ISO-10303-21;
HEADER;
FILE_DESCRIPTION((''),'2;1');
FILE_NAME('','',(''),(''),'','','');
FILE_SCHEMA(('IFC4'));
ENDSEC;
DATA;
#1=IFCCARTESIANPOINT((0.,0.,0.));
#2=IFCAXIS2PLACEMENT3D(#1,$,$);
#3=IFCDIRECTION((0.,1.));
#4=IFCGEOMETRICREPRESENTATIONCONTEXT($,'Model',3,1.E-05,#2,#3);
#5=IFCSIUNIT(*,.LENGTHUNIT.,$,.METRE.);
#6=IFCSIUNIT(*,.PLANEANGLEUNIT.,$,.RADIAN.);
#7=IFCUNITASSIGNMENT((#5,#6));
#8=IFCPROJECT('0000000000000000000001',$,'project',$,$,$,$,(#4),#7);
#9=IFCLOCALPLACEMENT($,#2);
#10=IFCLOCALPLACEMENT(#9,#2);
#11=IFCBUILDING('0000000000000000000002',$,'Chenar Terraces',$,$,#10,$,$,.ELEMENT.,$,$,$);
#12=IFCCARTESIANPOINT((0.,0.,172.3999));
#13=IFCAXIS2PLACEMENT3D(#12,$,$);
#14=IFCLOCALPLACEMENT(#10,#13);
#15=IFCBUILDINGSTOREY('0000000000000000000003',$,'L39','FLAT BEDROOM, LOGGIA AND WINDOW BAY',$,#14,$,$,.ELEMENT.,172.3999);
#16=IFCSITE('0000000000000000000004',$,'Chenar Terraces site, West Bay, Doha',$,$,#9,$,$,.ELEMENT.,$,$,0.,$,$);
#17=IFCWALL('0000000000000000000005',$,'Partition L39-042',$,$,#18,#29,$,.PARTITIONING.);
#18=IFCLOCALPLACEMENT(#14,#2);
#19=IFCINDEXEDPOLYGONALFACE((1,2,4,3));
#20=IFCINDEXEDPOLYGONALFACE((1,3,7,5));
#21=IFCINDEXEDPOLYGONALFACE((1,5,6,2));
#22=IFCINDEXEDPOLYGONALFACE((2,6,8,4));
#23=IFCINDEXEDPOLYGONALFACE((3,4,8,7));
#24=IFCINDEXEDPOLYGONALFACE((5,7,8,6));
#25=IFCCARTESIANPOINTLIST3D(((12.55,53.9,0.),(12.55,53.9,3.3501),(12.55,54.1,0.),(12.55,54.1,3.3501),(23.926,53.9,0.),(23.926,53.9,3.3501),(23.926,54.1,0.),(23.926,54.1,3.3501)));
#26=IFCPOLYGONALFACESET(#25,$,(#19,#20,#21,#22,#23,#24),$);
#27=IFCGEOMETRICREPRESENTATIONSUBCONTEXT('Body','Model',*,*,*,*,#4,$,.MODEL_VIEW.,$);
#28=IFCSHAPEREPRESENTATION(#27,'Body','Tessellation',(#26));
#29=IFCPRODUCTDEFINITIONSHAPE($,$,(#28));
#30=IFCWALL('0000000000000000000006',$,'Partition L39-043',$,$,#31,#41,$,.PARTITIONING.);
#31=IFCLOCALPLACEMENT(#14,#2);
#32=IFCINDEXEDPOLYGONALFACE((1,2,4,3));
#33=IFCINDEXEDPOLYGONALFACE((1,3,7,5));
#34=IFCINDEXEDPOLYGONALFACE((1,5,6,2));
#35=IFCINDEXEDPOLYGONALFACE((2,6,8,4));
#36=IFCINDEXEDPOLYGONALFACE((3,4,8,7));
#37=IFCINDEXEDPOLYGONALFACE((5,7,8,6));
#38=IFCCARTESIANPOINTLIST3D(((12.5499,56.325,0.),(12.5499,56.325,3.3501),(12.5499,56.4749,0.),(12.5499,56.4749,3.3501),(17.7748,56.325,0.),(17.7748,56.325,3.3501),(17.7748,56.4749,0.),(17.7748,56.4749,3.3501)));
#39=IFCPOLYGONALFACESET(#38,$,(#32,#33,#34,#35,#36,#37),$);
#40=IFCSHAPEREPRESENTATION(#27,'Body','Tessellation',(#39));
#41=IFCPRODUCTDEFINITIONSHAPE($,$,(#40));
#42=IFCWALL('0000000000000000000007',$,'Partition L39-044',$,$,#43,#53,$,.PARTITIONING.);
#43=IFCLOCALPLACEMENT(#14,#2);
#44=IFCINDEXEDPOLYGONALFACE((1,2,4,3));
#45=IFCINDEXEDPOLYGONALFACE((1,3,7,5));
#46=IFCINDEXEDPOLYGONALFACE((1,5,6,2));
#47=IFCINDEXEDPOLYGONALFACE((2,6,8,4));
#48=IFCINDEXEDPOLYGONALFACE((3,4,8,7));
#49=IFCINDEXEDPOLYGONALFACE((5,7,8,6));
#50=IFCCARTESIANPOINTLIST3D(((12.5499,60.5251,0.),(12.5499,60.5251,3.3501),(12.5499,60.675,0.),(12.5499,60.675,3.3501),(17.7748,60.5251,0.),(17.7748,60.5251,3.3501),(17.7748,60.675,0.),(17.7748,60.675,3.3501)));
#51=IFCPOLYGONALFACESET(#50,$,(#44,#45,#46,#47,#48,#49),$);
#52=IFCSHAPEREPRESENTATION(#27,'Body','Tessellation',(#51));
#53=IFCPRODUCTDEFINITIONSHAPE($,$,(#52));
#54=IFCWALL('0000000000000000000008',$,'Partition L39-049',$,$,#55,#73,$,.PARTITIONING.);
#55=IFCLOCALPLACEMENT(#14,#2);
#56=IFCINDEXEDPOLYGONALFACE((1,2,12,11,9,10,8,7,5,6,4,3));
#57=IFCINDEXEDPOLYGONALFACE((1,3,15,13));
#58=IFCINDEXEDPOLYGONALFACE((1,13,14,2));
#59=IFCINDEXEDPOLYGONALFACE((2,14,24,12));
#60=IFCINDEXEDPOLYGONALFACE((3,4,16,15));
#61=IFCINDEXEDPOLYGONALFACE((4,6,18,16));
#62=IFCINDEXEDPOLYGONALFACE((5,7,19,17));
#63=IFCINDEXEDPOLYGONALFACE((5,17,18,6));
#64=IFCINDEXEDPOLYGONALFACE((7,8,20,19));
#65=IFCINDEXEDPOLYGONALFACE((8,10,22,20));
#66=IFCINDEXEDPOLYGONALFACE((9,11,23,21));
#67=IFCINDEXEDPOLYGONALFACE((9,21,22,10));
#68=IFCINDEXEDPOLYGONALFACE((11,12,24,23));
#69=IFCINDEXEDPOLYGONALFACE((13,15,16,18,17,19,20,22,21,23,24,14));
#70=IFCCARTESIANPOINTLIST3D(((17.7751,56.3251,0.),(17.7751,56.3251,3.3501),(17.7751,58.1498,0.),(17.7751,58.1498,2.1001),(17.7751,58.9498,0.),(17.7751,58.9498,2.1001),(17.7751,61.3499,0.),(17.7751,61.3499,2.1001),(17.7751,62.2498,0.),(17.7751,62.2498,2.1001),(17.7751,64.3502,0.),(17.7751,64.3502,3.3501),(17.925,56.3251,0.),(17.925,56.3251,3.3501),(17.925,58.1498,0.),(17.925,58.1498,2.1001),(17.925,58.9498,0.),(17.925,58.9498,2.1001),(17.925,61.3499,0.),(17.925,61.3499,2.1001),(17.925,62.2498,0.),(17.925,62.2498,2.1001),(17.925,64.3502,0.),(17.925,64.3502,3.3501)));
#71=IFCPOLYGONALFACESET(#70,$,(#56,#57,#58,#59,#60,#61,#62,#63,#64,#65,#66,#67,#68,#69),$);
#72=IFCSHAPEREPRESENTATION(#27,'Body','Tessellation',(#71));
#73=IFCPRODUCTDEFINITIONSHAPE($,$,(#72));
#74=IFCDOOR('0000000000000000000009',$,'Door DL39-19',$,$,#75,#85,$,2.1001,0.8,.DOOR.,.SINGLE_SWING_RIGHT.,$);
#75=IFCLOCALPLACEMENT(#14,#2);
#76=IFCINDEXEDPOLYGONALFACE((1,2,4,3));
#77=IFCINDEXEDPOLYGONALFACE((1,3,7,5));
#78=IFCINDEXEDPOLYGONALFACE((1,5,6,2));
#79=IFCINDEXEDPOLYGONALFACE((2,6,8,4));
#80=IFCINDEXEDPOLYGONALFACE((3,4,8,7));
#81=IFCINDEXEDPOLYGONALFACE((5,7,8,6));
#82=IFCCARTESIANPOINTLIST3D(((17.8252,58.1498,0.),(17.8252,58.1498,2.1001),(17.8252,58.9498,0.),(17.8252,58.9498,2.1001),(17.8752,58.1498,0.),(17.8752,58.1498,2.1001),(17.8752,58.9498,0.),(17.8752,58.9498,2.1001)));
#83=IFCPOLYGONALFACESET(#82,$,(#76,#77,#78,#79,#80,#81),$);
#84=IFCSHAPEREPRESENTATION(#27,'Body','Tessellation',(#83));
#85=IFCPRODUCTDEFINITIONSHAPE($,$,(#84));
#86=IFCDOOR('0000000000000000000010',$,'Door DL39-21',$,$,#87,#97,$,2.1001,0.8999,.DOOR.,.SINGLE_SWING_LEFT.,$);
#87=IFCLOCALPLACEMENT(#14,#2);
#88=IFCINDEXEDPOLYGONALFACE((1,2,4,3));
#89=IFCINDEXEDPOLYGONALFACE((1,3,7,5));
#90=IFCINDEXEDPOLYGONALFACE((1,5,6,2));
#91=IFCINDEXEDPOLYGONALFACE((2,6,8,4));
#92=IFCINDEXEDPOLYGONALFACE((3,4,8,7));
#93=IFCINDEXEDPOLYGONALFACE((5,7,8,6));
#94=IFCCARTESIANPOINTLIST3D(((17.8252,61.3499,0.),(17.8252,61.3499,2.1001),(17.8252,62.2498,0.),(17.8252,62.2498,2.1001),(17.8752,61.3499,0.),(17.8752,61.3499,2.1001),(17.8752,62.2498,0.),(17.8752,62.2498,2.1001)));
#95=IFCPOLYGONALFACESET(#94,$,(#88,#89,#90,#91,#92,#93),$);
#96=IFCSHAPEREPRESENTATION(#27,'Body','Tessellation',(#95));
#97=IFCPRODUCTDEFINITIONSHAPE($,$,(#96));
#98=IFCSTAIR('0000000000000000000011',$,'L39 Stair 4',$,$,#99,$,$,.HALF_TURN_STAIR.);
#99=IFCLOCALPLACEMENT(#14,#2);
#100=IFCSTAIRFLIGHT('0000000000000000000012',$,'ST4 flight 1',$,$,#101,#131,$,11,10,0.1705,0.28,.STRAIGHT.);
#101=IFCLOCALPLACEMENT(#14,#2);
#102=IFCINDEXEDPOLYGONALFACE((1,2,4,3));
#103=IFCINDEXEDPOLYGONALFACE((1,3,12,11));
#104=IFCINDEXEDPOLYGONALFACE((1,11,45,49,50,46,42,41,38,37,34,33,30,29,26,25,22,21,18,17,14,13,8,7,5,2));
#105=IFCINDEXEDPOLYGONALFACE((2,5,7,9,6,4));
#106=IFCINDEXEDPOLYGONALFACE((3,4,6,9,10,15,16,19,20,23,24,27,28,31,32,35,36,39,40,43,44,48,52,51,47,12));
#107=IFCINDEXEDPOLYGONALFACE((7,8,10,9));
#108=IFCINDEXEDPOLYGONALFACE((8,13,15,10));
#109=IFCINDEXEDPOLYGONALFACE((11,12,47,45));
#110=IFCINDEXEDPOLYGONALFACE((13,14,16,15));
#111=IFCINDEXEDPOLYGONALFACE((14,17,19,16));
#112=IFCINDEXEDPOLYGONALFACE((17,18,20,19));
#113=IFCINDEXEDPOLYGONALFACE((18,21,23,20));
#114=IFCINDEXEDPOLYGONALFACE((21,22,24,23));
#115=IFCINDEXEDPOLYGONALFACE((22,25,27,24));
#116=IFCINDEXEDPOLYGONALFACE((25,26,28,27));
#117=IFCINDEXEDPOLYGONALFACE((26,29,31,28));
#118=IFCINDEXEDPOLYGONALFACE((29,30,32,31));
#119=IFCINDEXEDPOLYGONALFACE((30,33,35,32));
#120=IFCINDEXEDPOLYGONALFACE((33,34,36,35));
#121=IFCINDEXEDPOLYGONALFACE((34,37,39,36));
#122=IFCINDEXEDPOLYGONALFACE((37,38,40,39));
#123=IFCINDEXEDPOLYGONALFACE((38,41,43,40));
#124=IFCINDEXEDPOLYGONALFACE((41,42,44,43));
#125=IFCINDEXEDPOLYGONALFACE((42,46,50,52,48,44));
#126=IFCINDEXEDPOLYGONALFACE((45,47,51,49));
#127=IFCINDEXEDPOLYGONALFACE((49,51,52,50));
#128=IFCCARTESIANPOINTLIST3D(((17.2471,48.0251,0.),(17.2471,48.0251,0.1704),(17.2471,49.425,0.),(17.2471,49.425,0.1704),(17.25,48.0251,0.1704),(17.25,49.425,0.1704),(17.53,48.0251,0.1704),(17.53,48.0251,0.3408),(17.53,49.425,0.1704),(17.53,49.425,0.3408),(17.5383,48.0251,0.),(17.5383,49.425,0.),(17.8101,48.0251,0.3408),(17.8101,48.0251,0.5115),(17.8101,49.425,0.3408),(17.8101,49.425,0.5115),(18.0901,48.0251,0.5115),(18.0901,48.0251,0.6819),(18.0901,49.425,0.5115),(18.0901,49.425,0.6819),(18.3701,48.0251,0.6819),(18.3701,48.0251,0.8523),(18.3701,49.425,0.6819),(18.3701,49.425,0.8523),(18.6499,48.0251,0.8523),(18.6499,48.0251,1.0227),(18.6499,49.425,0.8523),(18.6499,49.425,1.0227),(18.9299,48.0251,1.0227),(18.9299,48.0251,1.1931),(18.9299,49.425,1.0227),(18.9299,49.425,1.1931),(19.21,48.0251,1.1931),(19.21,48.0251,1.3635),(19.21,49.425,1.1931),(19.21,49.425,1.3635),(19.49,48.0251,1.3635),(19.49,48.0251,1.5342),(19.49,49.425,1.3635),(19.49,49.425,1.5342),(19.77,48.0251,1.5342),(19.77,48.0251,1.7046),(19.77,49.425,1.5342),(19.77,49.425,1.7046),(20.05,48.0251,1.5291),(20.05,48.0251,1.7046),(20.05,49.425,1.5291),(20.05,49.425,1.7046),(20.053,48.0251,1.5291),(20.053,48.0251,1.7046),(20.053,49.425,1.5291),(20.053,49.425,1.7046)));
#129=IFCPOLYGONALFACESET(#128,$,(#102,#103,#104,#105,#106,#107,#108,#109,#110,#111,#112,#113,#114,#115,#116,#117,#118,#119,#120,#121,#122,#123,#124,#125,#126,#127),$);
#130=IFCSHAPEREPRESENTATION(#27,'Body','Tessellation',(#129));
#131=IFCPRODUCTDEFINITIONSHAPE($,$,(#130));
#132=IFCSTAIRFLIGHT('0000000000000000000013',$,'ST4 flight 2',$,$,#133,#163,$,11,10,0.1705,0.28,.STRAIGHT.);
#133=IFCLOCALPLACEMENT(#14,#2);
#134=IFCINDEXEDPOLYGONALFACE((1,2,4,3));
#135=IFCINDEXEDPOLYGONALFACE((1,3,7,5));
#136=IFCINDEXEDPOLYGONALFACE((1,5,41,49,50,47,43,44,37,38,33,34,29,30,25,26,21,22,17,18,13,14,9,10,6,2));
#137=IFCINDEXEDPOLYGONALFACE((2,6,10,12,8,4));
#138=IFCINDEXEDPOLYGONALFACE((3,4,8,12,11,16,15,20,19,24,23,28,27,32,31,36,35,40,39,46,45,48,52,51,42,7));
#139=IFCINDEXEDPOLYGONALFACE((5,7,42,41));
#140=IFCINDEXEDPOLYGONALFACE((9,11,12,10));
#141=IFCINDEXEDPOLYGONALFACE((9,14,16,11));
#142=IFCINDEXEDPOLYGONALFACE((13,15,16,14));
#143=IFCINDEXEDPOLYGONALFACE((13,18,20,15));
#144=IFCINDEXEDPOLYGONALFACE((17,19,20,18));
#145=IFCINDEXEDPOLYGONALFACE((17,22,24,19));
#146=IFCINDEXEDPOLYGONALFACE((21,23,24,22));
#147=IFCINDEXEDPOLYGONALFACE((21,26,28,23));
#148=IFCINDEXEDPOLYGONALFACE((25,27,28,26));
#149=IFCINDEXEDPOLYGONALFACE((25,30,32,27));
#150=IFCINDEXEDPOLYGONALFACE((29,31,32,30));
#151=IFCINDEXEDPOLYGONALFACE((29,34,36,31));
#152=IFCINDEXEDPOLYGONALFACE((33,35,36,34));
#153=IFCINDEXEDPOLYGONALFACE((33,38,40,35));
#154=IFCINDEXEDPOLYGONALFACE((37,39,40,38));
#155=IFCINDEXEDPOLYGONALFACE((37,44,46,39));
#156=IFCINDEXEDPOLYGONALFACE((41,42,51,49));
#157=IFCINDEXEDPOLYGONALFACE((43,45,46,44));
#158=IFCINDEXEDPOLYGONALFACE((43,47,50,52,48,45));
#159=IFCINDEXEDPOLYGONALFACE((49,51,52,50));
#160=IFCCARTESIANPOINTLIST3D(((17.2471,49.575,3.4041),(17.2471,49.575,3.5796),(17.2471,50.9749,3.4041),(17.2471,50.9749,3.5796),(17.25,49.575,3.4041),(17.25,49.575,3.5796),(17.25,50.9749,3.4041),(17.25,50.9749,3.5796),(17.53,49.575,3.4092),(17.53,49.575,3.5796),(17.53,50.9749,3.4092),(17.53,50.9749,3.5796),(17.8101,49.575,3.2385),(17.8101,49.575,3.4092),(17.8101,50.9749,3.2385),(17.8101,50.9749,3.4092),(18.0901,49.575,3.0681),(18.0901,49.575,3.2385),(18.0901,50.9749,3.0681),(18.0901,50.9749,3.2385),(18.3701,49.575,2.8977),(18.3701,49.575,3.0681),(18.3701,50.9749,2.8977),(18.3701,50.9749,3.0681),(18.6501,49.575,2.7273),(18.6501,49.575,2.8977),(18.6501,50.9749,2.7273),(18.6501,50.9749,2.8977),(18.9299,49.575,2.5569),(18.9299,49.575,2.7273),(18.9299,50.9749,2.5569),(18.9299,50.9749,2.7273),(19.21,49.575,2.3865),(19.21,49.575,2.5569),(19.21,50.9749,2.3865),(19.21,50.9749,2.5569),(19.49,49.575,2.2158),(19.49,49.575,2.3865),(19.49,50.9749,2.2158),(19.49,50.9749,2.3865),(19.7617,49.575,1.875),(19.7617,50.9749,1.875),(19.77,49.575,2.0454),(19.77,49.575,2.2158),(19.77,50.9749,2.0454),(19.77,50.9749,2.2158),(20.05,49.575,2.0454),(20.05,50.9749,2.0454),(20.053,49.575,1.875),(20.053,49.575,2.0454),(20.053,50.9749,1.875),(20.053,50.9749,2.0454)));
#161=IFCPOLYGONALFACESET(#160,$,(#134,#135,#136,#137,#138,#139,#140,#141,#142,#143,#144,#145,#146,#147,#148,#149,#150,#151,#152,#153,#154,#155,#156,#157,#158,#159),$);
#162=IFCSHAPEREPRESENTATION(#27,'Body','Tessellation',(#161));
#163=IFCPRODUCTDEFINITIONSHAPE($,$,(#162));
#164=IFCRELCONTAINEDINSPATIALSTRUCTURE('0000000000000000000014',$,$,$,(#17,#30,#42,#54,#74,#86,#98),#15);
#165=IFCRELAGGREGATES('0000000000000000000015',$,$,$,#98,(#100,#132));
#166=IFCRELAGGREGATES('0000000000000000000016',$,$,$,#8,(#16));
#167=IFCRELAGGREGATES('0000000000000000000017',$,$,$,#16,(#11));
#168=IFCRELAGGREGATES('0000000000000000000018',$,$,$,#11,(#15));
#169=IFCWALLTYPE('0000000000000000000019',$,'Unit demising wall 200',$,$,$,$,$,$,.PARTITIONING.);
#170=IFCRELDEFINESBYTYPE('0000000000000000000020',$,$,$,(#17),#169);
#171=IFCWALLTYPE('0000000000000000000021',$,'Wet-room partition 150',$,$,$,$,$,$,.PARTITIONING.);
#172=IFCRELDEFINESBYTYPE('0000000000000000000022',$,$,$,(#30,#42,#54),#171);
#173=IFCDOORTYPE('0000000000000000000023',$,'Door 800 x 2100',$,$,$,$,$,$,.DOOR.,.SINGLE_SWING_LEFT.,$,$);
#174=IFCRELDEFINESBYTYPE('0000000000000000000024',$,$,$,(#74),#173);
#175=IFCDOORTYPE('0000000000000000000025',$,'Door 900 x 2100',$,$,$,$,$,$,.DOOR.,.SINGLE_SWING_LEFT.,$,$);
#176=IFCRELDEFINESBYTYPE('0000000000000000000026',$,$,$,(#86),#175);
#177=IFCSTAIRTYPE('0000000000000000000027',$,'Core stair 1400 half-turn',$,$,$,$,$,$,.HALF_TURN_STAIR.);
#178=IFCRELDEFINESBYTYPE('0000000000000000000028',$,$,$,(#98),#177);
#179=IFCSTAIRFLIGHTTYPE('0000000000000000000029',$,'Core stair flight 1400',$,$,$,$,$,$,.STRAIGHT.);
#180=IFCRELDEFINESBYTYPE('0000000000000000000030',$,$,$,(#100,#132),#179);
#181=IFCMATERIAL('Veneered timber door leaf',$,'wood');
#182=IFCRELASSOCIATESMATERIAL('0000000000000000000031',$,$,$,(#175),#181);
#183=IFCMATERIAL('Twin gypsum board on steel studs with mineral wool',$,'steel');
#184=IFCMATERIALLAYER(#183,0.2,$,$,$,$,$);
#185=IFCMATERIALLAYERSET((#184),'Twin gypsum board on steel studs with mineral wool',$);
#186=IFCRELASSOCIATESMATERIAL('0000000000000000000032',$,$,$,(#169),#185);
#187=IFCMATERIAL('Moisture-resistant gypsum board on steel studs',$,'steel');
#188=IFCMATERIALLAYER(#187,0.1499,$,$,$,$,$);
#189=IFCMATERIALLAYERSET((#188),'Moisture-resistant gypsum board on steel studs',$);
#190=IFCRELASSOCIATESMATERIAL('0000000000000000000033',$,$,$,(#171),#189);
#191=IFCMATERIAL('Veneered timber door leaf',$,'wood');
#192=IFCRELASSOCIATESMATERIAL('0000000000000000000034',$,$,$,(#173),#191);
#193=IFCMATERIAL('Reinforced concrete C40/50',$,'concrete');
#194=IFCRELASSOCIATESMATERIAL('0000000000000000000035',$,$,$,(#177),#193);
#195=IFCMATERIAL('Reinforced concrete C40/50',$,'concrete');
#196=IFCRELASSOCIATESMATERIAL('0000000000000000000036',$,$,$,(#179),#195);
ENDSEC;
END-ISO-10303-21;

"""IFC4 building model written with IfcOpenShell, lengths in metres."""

from ifc_helpers import new_model, si_unit, direction, frame, frame_2d, origin, place, context, subcontext, project, spatial, polyline, rectangle, outline, extrude, material, layer, layer_set, type_object, element, fill, aggregate, save


model = new_model("IFC4")

# Units and contexts
model_context = context("Model", 3, precision=1e-05, world=origin(), true_north=direction((0.0, 1.0)))
body_context = subcontext(model_context, "Body", "Model", "MODEL_VIEW")
ifc_project = project(units=[si_unit("LENGTHUNIT", "METRE"), si_unit("PLANEANGLEUNIT", "RADIAN")], contexts=[model_context])

# Site, building, storey
site_placement = place(None, origin())
site = spatial("IfcSite", under=ifc_project, at=site_placement, Name="Chenar Terraces site, West Bay, Doha", CompositionType="ELEMENT", RefElevation=0.0)
building_placement = place(site_placement, origin())
building = spatial("IfcBuilding", under=site, at=building_placement, Name="Chenar Terraces", CompositionType="ELEMENT")
storey_placement = place(building_placement, frame((0.0, 0.0, 172.3999)))
storey = spatial("IfcBuildingStorey", under=building, at=storey_placement, Name="L39", Description="FLAT BEDROOM, LOGGIA AND WINDOW BAY", CompositionType="ELEMENT", Elevation=172.3999)

# Shared definitions
ifc_material_1 = material(Name="Veneered timber door leaf", Category="wood")
door_type_1 = type_object("IfcDoorType", Name="Door 900 x 2100", OperationType="SINGLE_SWING_LEFT", PredefinedType="DOOR", material=ifc_material_1)

# Walls
ifc_material_2 = material(Name="Twin gypsum board on steel studs with mineral wool", Category="steel")
ifc_layer_1 = layer(ifc_material_2, 0.2)
ifc_layer_set_1 = layer_set([ifc_layer_1], Name="Twin gypsum board on steel studs with mineral wool")
wall_type_1 = type_object("IfcWallType", Name="Unit demising wall 200", PredefinedType="PARTITIONING", material=ifc_layer_set_1)
wall_1_placement = place(storey_placement, frame((12.55, 54.0, 0.0), z_axis=(0.0, 0.0, 1.0), x_axis=(1.0, 0.0, 0.0)))
element("IfcWall", 1, at=wall_1_placement, inside=storey, type_object=wall_type_1, Name="Partition L39-042", PredefinedType="PARTITIONING", context=body_context, shape_type="SweptSolid", body=[
    extrude(rectangle(XDim=11.376, YDim=0.2, at=frame_2d((5.688, 0.0))), origin(), (0.0, 0.0, 1.0), 3.3501),
])
ifc_material_3 = material(Name="Moisture-resistant gypsum board on steel studs", Category="steel")
ifc_layer_2 = layer(ifc_material_3, 0.1499)
ifc_layer_set_2 = layer_set([ifc_layer_2], Name="Moisture-resistant gypsum board on steel studs")
wall_type_2 = type_object("IfcWallType", Name="Wet-room partition 150", PredefinedType="PARTITIONING", material=ifc_layer_set_2)
for number, where, z_axis, x_axis, name in (
    (2, (12.55, 56.3999, 0.0), (0.0, 0.0, 1.0), (1.0, 0.0, 0.0), "Partition L39-043"),
    (3, (12.55, 60.6001, 0.0), (0.0, 0.0, 1.0), (1.0, 0.0, 0.0), "Partition L39-044"),
):
    element("IfcWall", number, at=place(storey_placement, frame(where, z_axis=z_axis, x_axis=x_axis)), inside=storey, type_object=wall_type_2, Name=name, PredefinedType="PARTITIONING", context=body_context, shape_type="SweptSolid", body=[
        extrude(rectangle(XDim=5.2249, YDim=0.1499, at=frame_2d((2.6123, 0.0))), origin(), (0.0, 0.0, 1.0), 3.3501),
    ])

# Wall, openings, doors
wall_2_placement = place(storey_placement, frame((17.8501, 56.325, 0.0), z_axis=(0.0, 0.0, 1.0), x_axis=(0.0, 1.0, 0.0)))
wall_2 = element("IfcWall", 4, at=wall_2_placement, inside=storey, type_object=wall_type_2, Name="Partition L39-049", PredefinedType="PARTITIONING", context=body_context, shape_type="SweptSolid", body=[
    extrude(rectangle(XDim=8.0251, YDim=0.1499, at=frame_2d((4.0127, 0.0))), origin(), (0.0, 0.0, 1.0), 3.3501),
])
opening_1_placement = place(wall_2_placement, frame((1.825, 0.0, 0.0)))
opening_1 = element("IfcOpeningElement", 5, at=opening_1_placement, cuts=wall_2, PredefinedType="OPENING", context=body_context, shape_type="SweptSolid", body=[
    extrude(rectangle(XDim=0.8, YDim=2.1001, at=frame_2d((0.3999, 1.05))), frame((0.0, 0.085, 0.0), z_axis=(0.0, -1.0, 0.0), x_axis=(1.0, 0.0, 0.0)), (0.0, 0.0, 1.0), 0.1699),
])
opening_2_placement = place(wall_2_placement, frame((5.0249, 0.0, 0.0)))
opening_2 = element("IfcOpeningElement", 6, at=opening_2_placement, cuts=wall_2, PredefinedType="OPENING", context=body_context, shape_type="SweptSolid", body=[
    extrude(rectangle(XDim=0.8999, YDim=2.1001, at=frame_2d((0.45, 1.05))), frame((0.0, 0.085, 0.0), z_axis=(0.0, -1.0, 0.0), x_axis=(1.0, 0.0, 0.0)), (0.0, 0.0, 1.0), 0.1699),
])
ifc_material_4 = material(Name="Veneered timber door leaf", Category="wood")
door_type_2 = type_object("IfcDoorType", Name="Door 800 x 2100", OperationType="SINGLE_SWING_LEFT", PredefinedType="DOOR", material=ifc_material_4)
door_1_placement = place(opening_1_placement, origin())
door_1 = element("IfcDoor", 7, at=door_1_placement, inside=storey, type_object=door_type_2, Name="Door DL39-19", OperationType="SINGLE_SWING_RIGHT", OverallHeight=2.1001, OverallWidth=0.8, PredefinedType="DOOR", context=body_context, shape_type="SweptSolid", body=[
    extrude(rectangle(XDim=0.8, YDim=2.1001, at=frame_2d((0.3999, 1.05))), frame((0.0, 0.0249, 0.0), z_axis=(0.0, -1.0, 0.0), x_axis=(1.0, 0.0, 0.0)), (0.0, 0.0, 1.0), 0.05),
])
fill(opening_1, door_1)
door_2_placement = place(opening_2_placement, origin())
door_2 = element("IfcDoor", 8, at=door_2_placement, inside=storey, type_object=door_type_1, Name="Door DL39-21", OperationType="SINGLE_SWING_LEFT", OverallHeight=2.1001, OverallWidth=0.8999, PredefinedType="DOOR", context=body_context, shape_type="SweptSolid", body=[
    extrude(rectangle(XDim=0.8999, YDim=2.1001, at=frame_2d((0.45, 1.05))), frame((0.0, 0.0249, 0.0), z_axis=(0.0, -1.0, 0.0), x_axis=(1.0, 0.0, 0.0)), (0.0, 0.0, 1.0), 0.05),
])
fill(opening_2, door_2)

# Stair, stair flights
ifc_material_5 = material(Name="Reinforced concrete C40/50", Category="concrete")
stair_type = type_object("IfcStairType", Name="Core stair 1400 half-turn", PredefinedType="HALF_TURN_STAIR", material=ifc_material_5)
stair_placement = place(storey_placement, origin())
stair = element("IfcStair", 9, at=stair_placement, inside=storey, type_object=stair_type, Name="L39 Stair 4", PredefinedType="HALF_TURN_STAIR")
ifc_material_6 = material(Name="Reinforced concrete C40/50", Category="concrete")
stair_flight_type = type_object("IfcStairFlightType", Name="Core stair flight 1400", PredefinedType="STRAIGHT", material=ifc_material_6)
stair_flight_1_placement = place(storey_placement, frame((17.25, 48.7251, 0.0), z_axis=(0.0, 0.0, 1.0), x_axis=(1.0, 0.0, 0.0)))
stair_flight_1 = element("IfcStairFlight", 10, at=stair_flight_1_placement, type_object=stair_flight_type, Name="ST4 flight 1", NumberOfRisers=11, NumberOfTreads=10, PredefinedType="STRAIGHT", RiserHeight=0.1705, TreadLength=0.28, context=body_context, shape_type="SweptSolid", body=[
    extrude(outline(polyline([(-0.0029, 0.0), (-0.0029, 0.1704), (0.0, 0.1704), (0.28, 0.1704), (0.28, 0.3408), (0.5601, 0.3408), (0.5601, 0.5115), (0.8401, 0.5115), (0.8401, 0.6819), (1.1201, 0.6819), (1.1201, 0.8523), (1.3999, 0.8523), (1.3999, 1.0227), (1.6799, 1.0227), (1.6799, 1.1931), (1.96, 1.1931), (1.96, 1.3635), (2.24, 1.3635), (2.24, 1.5342), (2.52, 1.5342), (2.52, 1.7046), (2.8, 1.7046), (2.803, 1.7046), (2.803, 1.5291), (2.8, 1.5291), (0.2883, 0.0), (-0.0029, 0.0)])), frame((0.0, 0.7, 0.0), z_axis=(0.0, -1.0, 0.0), x_axis=(1.0, 0.0, 0.0)), (0.0, 0.0, 1.0), 1.3999),
])
stair_flight_2_placement = place(storey_placement, frame((20.05, 50.2749, 1.875), z_axis=(0.0, 0.0, 1.0), x_axis=(-1.0, 0.0, 0.0)))
stair_flight_2 = element("IfcStairFlight", 11, at=stair_flight_2_placement, type_object=stair_flight_type, Name="ST4 flight 2", NumberOfRisers=11, NumberOfTreads=10, PredefinedType="STRAIGHT", RiserHeight=0.1705, TreadLength=0.28, context=body_context, shape_type="SweptSolid", body=[
    extrude(outline(polyline([(-0.0029, 0.0), (-0.0029, 0.1704), (0.0, 0.1704), (0.28, 0.1704), (0.28, 0.3408), (0.5601, 0.3408), (0.5601, 0.5115), (0.8401, 0.5115), (0.8401, 0.6819), (1.1201, 0.6819), (1.1201, 0.8523), (1.3999, 0.8523), (1.3999, 1.0227), (1.6799, 1.0227), (1.6799, 1.1931), (1.96, 1.1931), (1.96, 1.3635), (2.24, 1.3635), (2.24, 1.5342), (2.52, 1.5342), (2.52, 1.7046), (2.8, 1.7046), (2.803, 1.7046), (2.803, 1.5291), (2.8, 1.5291), (0.2883, 0.0), (-0.0029, 0.0)])), frame((0.0, 0.7, 0.0), z_axis=(0.0, -1.0, 0.0), x_axis=(1.0, 0.0, 0.0)), (0.0, 0.0, 1.0), 1.3999),
])
aggregate(stair, [stair_flight_1, stair_flight_2])

save(model, "model.ifc")
